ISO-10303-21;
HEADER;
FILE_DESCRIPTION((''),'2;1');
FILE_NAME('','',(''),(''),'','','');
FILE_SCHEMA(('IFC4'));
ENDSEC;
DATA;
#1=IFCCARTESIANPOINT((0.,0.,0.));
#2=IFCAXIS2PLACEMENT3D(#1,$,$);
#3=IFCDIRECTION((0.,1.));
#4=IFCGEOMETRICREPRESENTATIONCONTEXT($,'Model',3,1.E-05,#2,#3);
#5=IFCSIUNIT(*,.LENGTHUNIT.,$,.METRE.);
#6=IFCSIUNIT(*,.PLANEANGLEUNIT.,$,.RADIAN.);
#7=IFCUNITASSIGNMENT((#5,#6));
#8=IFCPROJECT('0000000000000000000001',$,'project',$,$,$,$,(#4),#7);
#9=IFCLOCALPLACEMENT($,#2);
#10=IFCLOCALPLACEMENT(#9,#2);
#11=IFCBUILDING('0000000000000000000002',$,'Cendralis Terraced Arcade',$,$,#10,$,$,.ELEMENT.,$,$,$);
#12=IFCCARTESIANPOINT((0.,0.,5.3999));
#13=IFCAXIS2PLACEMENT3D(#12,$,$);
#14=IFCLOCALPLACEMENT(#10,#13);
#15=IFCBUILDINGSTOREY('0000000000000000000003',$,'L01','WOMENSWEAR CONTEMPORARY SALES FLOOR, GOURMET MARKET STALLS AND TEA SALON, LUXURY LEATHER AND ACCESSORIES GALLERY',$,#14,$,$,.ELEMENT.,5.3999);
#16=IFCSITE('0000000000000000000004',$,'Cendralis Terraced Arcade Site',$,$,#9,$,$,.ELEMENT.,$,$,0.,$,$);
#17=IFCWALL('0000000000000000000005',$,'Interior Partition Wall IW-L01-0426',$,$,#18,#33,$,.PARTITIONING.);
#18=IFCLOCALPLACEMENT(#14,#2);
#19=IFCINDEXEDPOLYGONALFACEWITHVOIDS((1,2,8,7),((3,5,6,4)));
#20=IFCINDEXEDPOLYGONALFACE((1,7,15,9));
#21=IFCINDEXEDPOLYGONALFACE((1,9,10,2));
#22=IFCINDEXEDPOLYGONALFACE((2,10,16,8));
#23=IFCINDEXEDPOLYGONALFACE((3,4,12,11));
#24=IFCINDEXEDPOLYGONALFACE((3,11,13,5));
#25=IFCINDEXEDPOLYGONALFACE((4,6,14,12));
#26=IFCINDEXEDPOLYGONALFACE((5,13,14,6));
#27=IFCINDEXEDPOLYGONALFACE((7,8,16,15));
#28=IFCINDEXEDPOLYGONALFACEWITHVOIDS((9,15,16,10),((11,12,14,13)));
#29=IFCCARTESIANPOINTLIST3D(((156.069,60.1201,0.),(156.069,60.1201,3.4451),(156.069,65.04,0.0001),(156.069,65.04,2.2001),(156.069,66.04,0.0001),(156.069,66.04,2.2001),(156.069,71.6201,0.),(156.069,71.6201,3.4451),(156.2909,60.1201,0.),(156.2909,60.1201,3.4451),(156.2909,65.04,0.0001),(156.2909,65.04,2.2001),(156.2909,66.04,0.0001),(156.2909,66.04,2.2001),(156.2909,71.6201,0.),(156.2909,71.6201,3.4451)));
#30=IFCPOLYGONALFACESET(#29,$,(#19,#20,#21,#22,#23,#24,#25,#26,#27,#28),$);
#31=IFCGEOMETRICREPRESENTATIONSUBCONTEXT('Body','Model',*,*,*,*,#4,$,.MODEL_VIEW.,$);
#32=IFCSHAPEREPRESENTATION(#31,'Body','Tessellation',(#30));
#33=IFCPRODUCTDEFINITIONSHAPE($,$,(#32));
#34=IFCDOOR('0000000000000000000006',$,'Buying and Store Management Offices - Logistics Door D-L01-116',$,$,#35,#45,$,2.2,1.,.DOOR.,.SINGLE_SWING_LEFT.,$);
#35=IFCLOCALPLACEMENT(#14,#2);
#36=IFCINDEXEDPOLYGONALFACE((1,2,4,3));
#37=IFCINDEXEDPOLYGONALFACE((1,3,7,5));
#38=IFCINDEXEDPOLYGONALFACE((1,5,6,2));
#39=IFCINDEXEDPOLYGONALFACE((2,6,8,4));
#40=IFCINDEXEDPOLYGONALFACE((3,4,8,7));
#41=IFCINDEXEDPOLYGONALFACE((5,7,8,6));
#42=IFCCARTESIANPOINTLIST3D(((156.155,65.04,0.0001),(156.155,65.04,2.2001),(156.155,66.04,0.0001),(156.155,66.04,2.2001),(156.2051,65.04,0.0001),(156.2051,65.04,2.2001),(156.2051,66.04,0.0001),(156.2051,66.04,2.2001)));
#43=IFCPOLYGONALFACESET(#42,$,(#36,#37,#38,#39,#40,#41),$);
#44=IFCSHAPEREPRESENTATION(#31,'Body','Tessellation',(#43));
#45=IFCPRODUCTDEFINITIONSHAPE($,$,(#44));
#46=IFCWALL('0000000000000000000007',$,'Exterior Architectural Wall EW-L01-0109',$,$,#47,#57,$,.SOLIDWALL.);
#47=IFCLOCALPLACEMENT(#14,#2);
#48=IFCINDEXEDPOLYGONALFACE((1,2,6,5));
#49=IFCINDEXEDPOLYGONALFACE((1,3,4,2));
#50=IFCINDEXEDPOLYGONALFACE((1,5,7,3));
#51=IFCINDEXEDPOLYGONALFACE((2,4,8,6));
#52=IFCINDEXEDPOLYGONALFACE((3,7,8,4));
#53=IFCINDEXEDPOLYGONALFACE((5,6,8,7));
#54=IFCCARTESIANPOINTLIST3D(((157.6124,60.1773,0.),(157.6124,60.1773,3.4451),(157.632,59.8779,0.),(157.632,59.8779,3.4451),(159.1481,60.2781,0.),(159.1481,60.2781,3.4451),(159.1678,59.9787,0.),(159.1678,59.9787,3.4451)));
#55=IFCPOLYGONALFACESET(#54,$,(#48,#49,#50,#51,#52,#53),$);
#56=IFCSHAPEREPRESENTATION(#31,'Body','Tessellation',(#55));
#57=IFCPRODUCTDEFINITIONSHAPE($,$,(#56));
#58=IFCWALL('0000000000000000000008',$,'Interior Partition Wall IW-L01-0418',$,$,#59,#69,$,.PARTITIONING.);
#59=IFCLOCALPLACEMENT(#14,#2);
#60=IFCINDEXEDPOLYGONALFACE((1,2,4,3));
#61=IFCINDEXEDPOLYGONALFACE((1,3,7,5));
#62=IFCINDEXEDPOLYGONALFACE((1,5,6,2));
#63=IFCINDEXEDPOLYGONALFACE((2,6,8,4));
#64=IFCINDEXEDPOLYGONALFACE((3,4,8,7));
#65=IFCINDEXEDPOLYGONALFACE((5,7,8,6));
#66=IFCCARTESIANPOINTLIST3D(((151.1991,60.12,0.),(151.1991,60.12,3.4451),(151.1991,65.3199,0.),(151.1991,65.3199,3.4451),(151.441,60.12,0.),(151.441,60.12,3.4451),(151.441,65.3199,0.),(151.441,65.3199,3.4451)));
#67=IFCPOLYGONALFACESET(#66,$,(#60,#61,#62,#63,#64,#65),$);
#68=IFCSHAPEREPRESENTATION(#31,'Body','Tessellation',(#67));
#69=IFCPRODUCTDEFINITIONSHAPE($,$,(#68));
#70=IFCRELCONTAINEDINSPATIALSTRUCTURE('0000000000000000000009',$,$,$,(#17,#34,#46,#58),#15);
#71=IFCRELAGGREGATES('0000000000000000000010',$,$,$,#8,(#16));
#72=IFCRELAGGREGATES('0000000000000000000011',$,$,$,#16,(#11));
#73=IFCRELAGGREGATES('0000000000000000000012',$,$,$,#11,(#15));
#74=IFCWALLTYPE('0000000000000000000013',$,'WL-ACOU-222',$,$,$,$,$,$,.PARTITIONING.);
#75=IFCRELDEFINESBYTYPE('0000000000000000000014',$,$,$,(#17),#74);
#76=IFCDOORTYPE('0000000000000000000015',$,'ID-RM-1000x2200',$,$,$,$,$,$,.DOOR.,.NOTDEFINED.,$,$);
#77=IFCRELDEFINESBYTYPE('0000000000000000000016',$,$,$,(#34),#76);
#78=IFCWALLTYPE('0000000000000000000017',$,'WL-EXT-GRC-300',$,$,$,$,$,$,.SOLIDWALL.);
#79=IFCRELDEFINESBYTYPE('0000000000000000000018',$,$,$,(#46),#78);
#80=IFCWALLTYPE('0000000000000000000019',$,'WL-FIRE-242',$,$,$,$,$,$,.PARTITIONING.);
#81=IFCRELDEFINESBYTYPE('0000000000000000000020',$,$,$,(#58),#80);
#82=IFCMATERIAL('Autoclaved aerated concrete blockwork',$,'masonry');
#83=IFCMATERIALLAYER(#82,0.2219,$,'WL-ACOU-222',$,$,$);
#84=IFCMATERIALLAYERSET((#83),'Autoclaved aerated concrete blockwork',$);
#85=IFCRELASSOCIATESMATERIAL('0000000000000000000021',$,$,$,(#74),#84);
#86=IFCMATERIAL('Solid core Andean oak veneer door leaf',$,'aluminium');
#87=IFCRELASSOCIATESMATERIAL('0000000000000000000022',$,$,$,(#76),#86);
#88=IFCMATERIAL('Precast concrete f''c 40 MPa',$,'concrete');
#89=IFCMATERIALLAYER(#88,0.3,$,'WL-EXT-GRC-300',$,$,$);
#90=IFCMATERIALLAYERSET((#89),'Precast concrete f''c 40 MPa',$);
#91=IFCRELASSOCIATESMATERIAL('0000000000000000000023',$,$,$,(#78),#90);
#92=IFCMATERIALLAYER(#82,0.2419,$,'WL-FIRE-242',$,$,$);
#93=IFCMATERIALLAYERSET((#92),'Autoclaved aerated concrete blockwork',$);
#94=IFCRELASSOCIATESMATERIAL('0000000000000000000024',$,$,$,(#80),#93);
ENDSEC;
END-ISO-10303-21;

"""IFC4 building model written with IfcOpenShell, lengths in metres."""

from ifc_helpers import new_model, si_unit, direction, frame, frame_2d, origin, place, context, subcontext, project, spatial, rectangle, extrude, material, layer, layer_set, type_object, element, fill, save


model = new_model("IFC4")

# Units and contexts
model_context = context("Model", 3, precision=1e-05, world=origin(), true_north=direction((0.0, 1.0)))
body_context = subcontext(model_context, "Body", "Model", "MODEL_VIEW")
ifc_project = project(units=[si_unit("LENGTHUNIT", "METRE"), si_unit("PLANEANGLEUNIT", "RADIAN")], contexts=[model_context])

# Site, building, storey
site_placement = place(None, origin())
site = spatial("IfcSite", under=ifc_project, at=site_placement, Name="Cendralis Terraced Arcade Site", CompositionType="ELEMENT", RefElevation=0.0)
building_placement = place(site_placement, origin())
building = spatial("IfcBuilding", under=site, at=building_placement, Name="Cendralis Terraced Arcade", CompositionType="ELEMENT")
storey_placement = place(building_placement, frame((0.0, 0.0, 5.3999)))
storey = spatial("IfcBuildingStorey", under=building, at=storey_placement, Name="L01", Description="WOMENSWEAR CONTEMPORARY SALES FLOOR, GOURMET MARKET STALLS AND TEA SALON, LUXURY LEATHER AND ACCESSORIES GALLERY", CompositionType="ELEMENT", Elevation=5.3999)

# Wall, opening, door
ifc_material_1 = material(Name="Autoclaved aerated concrete blockwork", Category="masonry")
ifc_layer_1 = layer(ifc_material_1, 0.2219, Name="WL-ACOU-222")
ifc_layer_set_1 = layer_set([ifc_layer_1], Name="Autoclaved aerated concrete blockwork")
wall_type_1 = type_object("IfcWallType", Name="WL-ACOU-222", PredefinedType="PARTITIONING", material=ifc_layer_set_1)
wall_1_placement = place(storey_placement, frame((156.1799, 60.1201, 0.0), z_axis=(0.0, 0.0, 1.0), x_axis=(0.0, 1.0, 0.0)))
wall_1 = element("IfcWall", 1, at=wall_1_placement, inside=storey, type_object=wall_type_1, Name="Interior Partition Wall IW-L01-0426", PredefinedType="PARTITIONING", context=body_context, shape_type="SweptSolid", body=[
    extrude(rectangle(XDim=11.5, YDim=0.2219, at=frame_2d((5.75, 0.0))), origin(), (0.0, 0.0, 1.0), 3.4451),
])
opening_placement = place(wall_1_placement, frame((4.9199, 0.0, 0.0)))
opening = element("IfcOpeningElement", 2, at=opening_placement, cuts=wall_1, PredefinedType="OPENING", context=body_context, shape_type="SweptSolid", body=[
    extrude(rectangle(XDim=1.0, YDim=2.2, at=frame_2d((0.5, 1.1001))), frame((0.0, 0.123, 0.0), z_axis=(0.0, -1.0, 0.0), x_axis=(1.0, 0.0, 0.0)), (0.0, 0.0, 1.0), 0.2458),
])
ifc_material_2 = material(Name="Solid core Andean oak veneer door leaf", Category="aluminium")
door_type = type_object("IfcDoorType", Name="ID-RM-1000x2200", OperationType="NOTDEFINED", PredefinedType="DOOR", material=ifc_material_2)
door_placement = place(opening_placement, origin())
door = element("IfcDoor", 3, at=door_placement, inside=storey, type_object=door_type, Name="Buying and Store Management Offices - Logistics Door D-L01-116", OperationType="SINGLE_SWING_LEFT", OverallHeight=2.2, OverallWidth=1.0, PredefinedType="DOOR", context=body_context, shape_type="SweptSolid", body=[
    extrude(rectangle(XDim=1.0, YDim=2.2, at=frame_2d((0.5, 1.1001))), frame((0.0, 0.0249, 0.0), z_axis=(0.0, -1.0, 0.0), x_axis=(1.0, 0.0, 0.0)), (0.0, 0.0, 1.0), 0.05),
])
fill(opening, door)

# Walls
ifc_material_3 = material(Name="Precast concrete f'c 40 MPa", Category="concrete")
ifc_layer_2 = layer(ifc_material_3, 0.3, Name="WL-EXT-GRC-300")
ifc_layer_set_2 = layer_set([ifc_layer_2], Name="Precast concrete f'c 40 MPa")
wall_type_2 = type_object("IfcWallType", Name="WL-EXT-GRC-300", PredefinedType="SOLIDWALL", material=ifc_layer_set_2)
wall_2_placement = place(storey_placement, frame((159.158, 60.1284, 0.0), z_axis=(0.0, 0.0, 1.0), x_axis=(-0.997851, -0.065519, 0.0)))
element("IfcWall", 4, at=wall_2_placement, inside=storey, type_object=wall_type_2, Name="Exterior Architectural Wall EW-L01-0109", PredefinedType="SOLIDWALL", context=body_context, shape_type="SweptSolid", body=[
    extrude(rectangle(XDim=1.5391, YDim=0.3, at=frame_2d((0.7695, 0.0))), origin(), (0.0, 0.0, 1.0), 3.4451),
])
ifc_layer_3 = layer(ifc_material_1, 0.2419, Name="WL-FIRE-242")
ifc_layer_set_3 = layer_set([ifc_layer_3], Name="Autoclaved aerated concrete blockwork")
wall_type_3 = type_object("IfcWallType", Name="WL-FIRE-242", PredefinedType="PARTITIONING", material=ifc_layer_set_3)
wall_3_placement = place(storey_placement, frame((151.3201, 65.3201, 0.0), z_axis=(0.0, 0.0, 1.0), x_axis=(0.0, -1.0, 0.0)))
element("IfcWall", 5, at=wall_3_placement, inside=storey, type_object=wall_type_3, Name="Interior Partition Wall IW-L01-0418", PredefinedType="PARTITIONING", context=body_context, shape_type="SweptSolid", body=[
    extrude(rectangle(XDim=5.2, YDim=0.2419, at=frame_2d((2.6001, 0.0))), origin(), (0.0, 0.0, 1.0), 3.4451),
])

save(model, "model.ifc")
